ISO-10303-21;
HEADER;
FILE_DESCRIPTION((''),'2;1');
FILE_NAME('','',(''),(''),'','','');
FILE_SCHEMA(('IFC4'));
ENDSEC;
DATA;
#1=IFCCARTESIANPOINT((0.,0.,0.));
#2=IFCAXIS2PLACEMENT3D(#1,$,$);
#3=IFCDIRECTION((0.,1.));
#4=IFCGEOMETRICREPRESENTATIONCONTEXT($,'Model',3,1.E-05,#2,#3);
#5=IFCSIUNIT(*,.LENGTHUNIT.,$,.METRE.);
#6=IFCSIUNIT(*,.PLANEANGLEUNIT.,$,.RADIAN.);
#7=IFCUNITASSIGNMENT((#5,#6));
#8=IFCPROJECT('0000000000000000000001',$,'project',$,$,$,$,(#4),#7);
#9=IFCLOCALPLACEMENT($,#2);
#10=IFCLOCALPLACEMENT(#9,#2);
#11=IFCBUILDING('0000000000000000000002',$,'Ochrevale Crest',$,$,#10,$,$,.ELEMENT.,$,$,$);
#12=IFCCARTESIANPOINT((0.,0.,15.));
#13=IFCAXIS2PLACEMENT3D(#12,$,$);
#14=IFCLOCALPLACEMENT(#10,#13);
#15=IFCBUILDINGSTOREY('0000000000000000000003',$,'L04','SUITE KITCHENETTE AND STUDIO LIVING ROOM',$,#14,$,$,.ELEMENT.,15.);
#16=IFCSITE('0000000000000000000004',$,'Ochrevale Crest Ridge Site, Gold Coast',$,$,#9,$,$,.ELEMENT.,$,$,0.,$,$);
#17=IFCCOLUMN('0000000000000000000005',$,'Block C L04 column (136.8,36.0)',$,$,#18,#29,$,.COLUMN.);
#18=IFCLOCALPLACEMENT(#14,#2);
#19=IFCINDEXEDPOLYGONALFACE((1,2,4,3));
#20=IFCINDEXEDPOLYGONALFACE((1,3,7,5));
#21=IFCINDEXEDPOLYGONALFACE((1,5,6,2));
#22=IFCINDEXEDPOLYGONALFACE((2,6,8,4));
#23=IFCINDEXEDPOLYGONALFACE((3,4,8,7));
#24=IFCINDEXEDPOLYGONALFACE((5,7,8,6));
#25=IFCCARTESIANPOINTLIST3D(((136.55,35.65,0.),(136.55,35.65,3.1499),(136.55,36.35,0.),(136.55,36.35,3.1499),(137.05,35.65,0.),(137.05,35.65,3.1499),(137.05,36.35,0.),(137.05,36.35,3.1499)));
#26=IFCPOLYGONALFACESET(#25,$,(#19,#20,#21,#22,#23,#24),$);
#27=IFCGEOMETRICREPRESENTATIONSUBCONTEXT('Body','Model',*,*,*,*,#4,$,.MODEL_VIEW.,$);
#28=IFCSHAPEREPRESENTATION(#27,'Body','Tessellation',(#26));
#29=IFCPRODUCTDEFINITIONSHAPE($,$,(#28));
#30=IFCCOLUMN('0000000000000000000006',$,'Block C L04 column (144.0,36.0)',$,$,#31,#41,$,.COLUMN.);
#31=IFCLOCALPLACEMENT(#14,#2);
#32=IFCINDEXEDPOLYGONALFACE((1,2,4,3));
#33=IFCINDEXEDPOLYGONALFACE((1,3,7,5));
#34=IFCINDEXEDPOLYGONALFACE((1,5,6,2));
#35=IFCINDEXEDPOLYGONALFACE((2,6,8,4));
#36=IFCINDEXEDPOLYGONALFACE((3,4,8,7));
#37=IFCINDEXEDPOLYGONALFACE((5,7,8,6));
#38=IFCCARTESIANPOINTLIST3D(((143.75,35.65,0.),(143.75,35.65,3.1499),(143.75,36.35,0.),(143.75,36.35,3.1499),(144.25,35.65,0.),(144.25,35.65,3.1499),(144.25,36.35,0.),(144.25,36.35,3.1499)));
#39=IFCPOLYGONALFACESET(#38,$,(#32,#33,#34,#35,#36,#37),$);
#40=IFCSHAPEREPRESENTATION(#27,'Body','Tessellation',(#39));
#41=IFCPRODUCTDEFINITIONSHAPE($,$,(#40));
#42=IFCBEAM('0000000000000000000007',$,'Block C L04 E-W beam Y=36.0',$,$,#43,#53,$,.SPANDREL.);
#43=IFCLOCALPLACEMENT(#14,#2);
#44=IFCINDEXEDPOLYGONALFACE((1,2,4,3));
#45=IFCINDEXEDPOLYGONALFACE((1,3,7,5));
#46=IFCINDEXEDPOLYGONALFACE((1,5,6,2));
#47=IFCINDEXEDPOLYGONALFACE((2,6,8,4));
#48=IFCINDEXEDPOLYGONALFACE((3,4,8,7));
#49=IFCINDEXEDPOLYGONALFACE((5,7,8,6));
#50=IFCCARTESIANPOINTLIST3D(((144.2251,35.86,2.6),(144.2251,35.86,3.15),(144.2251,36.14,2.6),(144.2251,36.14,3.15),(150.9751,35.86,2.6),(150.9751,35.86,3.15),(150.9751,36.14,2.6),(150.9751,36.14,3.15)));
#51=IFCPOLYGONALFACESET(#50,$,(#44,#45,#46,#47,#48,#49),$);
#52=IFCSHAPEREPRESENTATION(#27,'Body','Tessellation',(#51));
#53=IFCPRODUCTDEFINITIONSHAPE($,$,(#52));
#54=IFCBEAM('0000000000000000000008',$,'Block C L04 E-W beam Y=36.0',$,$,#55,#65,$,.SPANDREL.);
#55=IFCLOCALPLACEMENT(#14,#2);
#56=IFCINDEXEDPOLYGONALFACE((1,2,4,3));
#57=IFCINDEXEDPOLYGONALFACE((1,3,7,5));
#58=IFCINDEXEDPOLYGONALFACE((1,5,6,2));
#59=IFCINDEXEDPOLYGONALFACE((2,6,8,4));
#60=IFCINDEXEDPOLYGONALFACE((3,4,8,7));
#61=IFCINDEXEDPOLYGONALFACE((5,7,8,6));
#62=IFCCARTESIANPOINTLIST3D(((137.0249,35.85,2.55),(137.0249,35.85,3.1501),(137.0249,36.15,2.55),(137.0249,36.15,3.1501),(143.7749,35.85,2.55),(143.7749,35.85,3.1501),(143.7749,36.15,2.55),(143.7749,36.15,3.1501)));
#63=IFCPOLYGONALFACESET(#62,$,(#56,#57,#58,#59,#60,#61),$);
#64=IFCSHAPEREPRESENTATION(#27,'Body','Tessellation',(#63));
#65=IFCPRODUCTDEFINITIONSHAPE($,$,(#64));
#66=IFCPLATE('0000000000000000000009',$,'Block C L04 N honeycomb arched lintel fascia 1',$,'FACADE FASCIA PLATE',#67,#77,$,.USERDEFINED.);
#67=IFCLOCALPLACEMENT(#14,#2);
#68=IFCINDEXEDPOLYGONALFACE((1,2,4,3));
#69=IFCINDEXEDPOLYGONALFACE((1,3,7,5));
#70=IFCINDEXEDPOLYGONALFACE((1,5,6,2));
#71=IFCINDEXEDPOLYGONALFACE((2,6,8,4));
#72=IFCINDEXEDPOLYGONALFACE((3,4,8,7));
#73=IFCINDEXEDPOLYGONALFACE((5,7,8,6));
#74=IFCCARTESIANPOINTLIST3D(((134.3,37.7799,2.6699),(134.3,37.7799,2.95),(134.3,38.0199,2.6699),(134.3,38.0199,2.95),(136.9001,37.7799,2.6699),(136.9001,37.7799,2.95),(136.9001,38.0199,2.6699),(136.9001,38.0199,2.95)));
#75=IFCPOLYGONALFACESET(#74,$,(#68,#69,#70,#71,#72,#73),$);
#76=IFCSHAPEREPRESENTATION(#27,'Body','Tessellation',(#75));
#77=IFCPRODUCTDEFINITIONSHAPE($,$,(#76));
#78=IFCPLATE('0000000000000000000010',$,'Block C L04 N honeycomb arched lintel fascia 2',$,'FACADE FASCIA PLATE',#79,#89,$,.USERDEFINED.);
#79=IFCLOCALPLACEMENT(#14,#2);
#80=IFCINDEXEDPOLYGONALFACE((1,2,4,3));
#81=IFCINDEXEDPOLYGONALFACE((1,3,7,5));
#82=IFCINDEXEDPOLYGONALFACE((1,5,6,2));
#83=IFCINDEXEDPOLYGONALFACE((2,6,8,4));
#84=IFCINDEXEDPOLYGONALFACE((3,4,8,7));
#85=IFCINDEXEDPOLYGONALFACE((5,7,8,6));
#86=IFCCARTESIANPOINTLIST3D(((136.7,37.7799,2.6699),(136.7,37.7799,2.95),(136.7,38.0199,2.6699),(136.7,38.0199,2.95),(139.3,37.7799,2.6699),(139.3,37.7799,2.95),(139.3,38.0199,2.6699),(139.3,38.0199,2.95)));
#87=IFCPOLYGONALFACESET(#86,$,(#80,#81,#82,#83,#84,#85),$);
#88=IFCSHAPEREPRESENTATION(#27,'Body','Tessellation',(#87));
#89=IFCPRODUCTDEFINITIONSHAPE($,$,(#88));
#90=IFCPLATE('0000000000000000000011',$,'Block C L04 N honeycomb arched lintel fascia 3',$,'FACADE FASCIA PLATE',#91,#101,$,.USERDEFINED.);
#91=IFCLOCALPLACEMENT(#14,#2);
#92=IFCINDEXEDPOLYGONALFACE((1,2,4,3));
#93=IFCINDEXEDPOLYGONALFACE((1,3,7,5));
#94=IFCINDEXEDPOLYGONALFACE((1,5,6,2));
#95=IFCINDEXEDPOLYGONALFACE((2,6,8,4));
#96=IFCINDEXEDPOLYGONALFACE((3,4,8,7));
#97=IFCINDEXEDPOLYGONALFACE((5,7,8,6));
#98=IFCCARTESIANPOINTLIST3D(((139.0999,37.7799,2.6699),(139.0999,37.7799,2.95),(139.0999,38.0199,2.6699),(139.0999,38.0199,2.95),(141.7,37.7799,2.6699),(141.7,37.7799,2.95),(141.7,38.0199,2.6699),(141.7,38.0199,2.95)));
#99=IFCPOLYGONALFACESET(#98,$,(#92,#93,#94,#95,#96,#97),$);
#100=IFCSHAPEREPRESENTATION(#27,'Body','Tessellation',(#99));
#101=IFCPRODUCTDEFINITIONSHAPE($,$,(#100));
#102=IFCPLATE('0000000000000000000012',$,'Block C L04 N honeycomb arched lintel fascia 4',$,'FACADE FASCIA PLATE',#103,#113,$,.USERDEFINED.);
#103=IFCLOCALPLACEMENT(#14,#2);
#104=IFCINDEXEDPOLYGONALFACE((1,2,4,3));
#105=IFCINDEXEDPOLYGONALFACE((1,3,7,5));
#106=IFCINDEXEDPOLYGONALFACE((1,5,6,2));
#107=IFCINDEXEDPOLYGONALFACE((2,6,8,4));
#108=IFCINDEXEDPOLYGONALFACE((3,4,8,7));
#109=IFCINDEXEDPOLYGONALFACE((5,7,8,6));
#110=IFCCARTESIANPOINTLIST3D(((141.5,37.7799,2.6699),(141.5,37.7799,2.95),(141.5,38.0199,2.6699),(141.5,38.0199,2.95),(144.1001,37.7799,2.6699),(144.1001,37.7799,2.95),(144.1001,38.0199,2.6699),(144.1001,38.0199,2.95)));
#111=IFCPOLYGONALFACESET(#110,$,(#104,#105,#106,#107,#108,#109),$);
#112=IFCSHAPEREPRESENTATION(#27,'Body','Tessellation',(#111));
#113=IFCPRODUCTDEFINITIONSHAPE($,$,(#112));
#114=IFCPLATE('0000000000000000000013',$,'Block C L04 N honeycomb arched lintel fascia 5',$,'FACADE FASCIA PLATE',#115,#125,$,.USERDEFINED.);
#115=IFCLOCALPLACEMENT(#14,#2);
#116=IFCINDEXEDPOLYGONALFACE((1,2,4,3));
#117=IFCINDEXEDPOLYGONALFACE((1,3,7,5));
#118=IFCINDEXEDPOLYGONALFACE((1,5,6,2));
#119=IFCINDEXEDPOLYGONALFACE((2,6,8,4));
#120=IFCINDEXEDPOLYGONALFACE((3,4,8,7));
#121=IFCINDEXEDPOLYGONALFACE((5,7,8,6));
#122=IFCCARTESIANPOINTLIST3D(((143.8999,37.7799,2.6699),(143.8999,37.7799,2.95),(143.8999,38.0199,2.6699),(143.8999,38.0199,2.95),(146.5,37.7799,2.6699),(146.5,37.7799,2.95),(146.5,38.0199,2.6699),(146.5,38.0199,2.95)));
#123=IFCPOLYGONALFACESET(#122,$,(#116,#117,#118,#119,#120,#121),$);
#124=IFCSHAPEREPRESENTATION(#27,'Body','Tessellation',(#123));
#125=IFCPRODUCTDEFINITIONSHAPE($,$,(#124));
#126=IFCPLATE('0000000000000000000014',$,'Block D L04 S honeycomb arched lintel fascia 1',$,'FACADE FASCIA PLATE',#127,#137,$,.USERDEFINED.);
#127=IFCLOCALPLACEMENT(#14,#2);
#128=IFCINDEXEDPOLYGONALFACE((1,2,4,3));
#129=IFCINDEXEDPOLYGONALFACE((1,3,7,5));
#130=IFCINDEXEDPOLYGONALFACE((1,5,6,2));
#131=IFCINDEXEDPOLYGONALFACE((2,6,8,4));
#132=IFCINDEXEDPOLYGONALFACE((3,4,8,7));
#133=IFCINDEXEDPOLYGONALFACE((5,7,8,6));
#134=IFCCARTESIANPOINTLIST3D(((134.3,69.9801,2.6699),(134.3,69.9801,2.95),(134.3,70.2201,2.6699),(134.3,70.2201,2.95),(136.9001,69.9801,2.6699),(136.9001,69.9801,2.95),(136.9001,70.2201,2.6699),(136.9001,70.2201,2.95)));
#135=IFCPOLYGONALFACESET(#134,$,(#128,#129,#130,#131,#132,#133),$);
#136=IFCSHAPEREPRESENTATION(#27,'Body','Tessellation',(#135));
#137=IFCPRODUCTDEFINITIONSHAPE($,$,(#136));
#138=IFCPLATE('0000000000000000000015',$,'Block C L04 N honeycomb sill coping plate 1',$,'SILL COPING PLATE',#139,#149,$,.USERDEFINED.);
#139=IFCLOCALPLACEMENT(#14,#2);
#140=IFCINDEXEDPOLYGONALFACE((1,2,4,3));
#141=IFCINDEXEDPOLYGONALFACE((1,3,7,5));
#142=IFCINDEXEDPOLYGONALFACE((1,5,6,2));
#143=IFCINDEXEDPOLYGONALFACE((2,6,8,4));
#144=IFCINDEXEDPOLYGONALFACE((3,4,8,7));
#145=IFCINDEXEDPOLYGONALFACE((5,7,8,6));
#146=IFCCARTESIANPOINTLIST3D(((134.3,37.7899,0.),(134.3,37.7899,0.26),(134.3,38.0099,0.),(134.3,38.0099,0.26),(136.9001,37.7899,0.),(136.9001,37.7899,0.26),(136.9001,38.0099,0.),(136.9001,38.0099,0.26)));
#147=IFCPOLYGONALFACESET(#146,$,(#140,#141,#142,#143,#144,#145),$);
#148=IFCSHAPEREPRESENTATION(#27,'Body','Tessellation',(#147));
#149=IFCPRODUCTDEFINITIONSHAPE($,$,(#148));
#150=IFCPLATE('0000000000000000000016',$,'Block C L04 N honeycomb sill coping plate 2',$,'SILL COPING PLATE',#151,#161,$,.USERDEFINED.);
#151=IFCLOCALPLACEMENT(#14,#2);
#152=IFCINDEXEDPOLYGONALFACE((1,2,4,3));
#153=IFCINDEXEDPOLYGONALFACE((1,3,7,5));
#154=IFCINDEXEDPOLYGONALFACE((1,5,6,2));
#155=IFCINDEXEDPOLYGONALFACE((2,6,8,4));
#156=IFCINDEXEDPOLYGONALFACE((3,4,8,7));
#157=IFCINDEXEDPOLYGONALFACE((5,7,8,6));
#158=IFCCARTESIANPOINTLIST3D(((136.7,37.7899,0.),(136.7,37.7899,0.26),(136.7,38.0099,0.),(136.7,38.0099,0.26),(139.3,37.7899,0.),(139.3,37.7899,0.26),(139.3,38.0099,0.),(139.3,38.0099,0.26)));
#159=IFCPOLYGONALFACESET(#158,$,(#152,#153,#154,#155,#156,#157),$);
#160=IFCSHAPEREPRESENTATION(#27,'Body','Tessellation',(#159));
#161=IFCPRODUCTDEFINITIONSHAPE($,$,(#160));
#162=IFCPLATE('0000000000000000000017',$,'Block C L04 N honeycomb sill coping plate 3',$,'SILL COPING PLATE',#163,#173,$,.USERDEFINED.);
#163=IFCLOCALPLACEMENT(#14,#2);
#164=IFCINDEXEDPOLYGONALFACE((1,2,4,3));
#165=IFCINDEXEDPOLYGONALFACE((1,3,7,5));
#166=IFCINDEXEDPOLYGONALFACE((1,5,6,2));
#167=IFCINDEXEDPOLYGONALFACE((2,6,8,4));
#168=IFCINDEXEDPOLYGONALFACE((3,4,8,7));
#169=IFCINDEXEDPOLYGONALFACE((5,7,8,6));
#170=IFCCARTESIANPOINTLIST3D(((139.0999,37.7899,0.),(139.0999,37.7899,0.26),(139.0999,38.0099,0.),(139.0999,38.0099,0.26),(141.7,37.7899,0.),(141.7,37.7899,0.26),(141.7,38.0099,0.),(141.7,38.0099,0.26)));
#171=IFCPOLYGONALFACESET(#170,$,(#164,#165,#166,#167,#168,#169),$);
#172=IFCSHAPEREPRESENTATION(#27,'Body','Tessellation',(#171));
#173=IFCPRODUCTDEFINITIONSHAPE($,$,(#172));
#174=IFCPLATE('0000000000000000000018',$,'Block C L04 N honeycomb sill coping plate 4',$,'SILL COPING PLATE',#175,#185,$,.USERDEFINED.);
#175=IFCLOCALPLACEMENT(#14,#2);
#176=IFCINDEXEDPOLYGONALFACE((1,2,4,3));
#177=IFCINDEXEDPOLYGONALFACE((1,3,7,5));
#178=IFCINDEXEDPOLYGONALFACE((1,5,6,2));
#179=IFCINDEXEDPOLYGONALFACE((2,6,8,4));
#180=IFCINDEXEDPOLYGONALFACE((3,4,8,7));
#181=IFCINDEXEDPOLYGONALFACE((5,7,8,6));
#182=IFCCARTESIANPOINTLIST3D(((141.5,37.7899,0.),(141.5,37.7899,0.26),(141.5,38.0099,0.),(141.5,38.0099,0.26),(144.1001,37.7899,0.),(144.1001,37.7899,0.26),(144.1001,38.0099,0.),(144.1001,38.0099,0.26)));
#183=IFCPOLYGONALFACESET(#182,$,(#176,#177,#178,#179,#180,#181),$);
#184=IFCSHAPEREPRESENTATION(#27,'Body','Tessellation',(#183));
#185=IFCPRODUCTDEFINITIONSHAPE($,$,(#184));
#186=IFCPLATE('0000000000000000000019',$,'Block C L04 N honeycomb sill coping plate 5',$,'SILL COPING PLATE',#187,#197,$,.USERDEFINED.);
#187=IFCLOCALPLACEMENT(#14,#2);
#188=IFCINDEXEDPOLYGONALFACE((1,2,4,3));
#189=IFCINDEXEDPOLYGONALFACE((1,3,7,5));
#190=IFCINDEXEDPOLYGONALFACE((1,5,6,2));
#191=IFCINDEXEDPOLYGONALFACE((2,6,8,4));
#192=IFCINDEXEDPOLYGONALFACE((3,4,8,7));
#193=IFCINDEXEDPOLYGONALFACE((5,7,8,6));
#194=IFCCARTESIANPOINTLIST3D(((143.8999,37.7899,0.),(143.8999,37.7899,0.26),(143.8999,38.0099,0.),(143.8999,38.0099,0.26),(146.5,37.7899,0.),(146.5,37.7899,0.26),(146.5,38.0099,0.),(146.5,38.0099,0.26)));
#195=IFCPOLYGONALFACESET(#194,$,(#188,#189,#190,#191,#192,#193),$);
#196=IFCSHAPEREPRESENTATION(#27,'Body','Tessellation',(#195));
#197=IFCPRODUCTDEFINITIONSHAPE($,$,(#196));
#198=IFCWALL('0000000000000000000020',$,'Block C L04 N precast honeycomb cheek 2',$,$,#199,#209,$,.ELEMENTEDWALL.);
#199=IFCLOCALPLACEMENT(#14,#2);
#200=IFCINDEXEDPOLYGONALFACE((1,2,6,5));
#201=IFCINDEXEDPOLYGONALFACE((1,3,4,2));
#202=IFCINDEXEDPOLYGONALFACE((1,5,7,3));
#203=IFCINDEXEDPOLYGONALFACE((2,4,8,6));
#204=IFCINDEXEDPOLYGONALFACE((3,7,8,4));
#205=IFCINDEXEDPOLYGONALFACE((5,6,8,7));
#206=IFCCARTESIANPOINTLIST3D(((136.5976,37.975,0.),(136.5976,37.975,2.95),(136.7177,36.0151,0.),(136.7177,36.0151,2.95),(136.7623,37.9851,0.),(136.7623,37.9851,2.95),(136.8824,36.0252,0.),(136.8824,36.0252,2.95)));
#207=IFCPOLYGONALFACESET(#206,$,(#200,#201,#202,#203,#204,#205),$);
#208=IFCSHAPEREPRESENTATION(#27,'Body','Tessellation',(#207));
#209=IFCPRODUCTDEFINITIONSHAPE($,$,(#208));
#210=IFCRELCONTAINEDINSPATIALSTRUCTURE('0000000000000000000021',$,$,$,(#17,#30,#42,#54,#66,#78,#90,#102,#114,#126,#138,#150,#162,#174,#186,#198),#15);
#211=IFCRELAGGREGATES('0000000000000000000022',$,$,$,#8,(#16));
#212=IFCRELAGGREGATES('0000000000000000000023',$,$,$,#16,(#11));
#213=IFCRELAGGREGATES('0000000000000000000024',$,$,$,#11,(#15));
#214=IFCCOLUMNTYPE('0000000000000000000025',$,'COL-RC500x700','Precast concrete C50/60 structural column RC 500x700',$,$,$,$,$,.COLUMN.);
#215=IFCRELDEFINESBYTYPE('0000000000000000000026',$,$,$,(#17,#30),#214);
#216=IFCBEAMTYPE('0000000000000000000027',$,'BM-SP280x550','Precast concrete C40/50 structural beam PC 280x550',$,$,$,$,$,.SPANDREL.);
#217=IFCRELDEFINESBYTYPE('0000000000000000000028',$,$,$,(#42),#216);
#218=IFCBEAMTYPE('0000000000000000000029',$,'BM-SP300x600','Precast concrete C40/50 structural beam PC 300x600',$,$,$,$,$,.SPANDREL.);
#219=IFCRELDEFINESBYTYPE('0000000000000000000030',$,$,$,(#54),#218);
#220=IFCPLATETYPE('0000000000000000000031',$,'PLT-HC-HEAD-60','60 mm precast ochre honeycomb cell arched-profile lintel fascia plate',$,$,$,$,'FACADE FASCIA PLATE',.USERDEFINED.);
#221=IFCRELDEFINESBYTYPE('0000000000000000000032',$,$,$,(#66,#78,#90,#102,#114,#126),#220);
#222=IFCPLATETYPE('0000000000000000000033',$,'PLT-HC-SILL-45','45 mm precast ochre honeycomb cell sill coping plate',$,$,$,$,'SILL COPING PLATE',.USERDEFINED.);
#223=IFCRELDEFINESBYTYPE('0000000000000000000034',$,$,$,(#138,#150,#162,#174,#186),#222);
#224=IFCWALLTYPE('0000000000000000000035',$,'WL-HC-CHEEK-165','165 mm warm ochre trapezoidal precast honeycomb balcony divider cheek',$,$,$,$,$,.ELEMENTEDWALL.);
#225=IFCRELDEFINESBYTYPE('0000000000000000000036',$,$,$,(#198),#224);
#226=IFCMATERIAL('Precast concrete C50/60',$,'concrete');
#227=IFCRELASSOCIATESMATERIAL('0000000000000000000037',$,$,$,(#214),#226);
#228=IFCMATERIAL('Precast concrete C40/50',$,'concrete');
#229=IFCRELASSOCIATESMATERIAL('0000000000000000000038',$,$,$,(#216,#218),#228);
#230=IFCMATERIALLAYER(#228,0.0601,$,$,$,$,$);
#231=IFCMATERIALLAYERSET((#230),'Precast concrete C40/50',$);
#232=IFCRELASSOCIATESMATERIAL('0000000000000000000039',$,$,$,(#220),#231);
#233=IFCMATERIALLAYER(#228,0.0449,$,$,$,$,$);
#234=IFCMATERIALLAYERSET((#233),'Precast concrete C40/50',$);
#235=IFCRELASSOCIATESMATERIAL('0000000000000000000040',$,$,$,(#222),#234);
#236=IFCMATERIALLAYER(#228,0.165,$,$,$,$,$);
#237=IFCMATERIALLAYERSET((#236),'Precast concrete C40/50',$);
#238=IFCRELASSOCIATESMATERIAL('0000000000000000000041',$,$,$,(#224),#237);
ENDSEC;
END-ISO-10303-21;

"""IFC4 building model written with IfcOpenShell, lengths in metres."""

from ifc_helpers import new_model, si_unit, direction, frame, frame_2d, origin, origin_2d, place, context, subcontext, project, spatial, rectangle, extrude, material, layer, layer_set, material_profile, profile_set, type_object, element, save


model = new_model("IFC4")

# Units and contexts
model_context = context("Model", 3, precision=1e-05, world=origin(), true_north=direction((0.0, 1.0)))
body_context = subcontext(model_context, "Body", "Model", "MODEL_VIEW")
ifc_project = project(units=[si_unit("LENGTHUNIT", "METRE"), si_unit("PLANEANGLEUNIT", "RADIAN")], contexts=[model_context])

# Site, building, storey
site_placement = place(None, origin())
site = spatial("IfcSite", under=ifc_project, at=site_placement, Name="Ochrevale Crest Ridge Site, Gold Coast", CompositionType="ELEMENT", RefElevation=0.0)
building_placement = place(site_placement, origin())
building = spatial("IfcBuilding", under=site, at=building_placement, Name="Ochrevale Crest", CompositionType="ELEMENT")
storey_placement = place(building_placement, frame((0.0, 0.0, 15.0)))
storey = spatial("IfcBuildingStorey", under=building, at=storey_placement, Name="L04", Description="SUITE KITCHENETTE AND STUDIO LIVING ROOM", CompositionType="ELEMENT", Elevation=15.0)

# Columns
ifc_material_1 = material(Name="Precast concrete C50/60", Category="concrete")
ifc_material_profile_1 = material_profile(ifc_material_1, rectangle(XDim=0.5, YDim=0.7, at=origin_2d()), Name="RC 500x700")
ifc_profile_set_1 = profile_set([ifc_material_profile_1], Name="Precast concrete C50/60")
column_type = type_object("IfcColumnType", Name="COL-RC500x700", Description="Precast concrete C50/60 structural column RC 500x700", PredefinedType="COLUMN", material=ifc_profile_set_1)
for number, where, z_axis, x_axis, name in (
    (1, (136.8, 36.0, 0.0), (0.0, 0.0, 1.0), (1.0, 0.0, 0.0), "Block C L04 column (136.8,36.0)"),
    (2, (144.0, 36.0, 0.0), (0.0, 0.0, 1.0), (1.0, 0.0, 0.0), "Block C L04 column (144.0,36.0)"),
):
    element("IfcColumn", number, at=place(storey_placement, frame(where, z_axis=z_axis, x_axis=x_axis)), inside=storey, type_object=column_type, Name=name, PredefinedType="COLUMN", context=body_context, shape_type="SweptSolid", body=[
        extrude(rectangle(XDim=0.5, YDim=0.7, at=origin_2d()), origin(), (0.0, 0.0, 1.0), 3.1499),
    ])

# Beams
ifc_material_2 = material(Name="Precast concrete C40/50", Category="concrete")
ifc_material_profile_2 = material_profile(ifc_material_2, rectangle(XDim=0.28, YDim=0.55, at=origin_2d()), Name="PC 280x550")
ifc_profile_set_2 = profile_set([ifc_material_profile_2], Name="Precast concrete C40/50")
beam_type_1 = type_object("IfcBeamType", Name="BM-SP280x550", Description="Precast concrete C40/50 structural beam PC 280x550", PredefinedType="SPANDREL", material=ifc_profile_set_2)
beam_1_placement = place(storey_placement, frame((144.2251, 36.0, 2.875), z_axis=(1.0, 0.0, 0.0), x_axis=(0.0, 1.0, 0.0)))
element("IfcBeam", 3, at=beam_1_placement, inside=storey, type_object=beam_type_1, Name="Block C L04 E-W beam Y=36.0", PredefinedType="SPANDREL", context=body_context, shape_type="SweptSolid", body=[
    extrude(rectangle(XDim=0.28, YDim=0.55, at=origin_2d()), origin(), (0.0, 0.0, 1.0), 6.75),
])
ifc_material_profile_3 = material_profile(ifc_material_2, rectangle(XDim=0.3, YDim=0.6001, at=origin_2d()), Name="PC 300x600")
ifc_profile_set_3 = profile_set([ifc_material_profile_3], Name="Precast concrete C40/50")
beam_type_2 = type_object("IfcBeamType", Name="BM-SP300x600", Description="Precast concrete C40/50 structural beam PC 300x600", PredefinedType="SPANDREL", material=ifc_profile_set_3)
beam_2_placement = place(storey_placement, frame((137.0249, 36.0, 2.8501), z_axis=(1.0, 0.0, 0.0), x_axis=(0.0, 1.0, 0.0)))
element("IfcBeam", 4, at=beam_2_placement, inside=storey, type_object=beam_type_2, Name="Block C L04 E-W beam Y=36.0", PredefinedType="SPANDREL", context=body_context, shape_type="SweptSolid", body=[
    extrude(rectangle(XDim=0.3, YDim=0.6001, at=origin_2d()), origin(), (0.0, 0.0, 1.0), 6.75),
])

# Plates
ifc_layer_1 = layer(ifc_material_2, 0.0601)
ifc_layer_set_1 = layer_set([ifc_layer_1], Name="Precast concrete C40/50")
plate_type_1 = type_object("IfcPlateType", Name="PLT-HC-HEAD-60", Description="60 mm precast ochre honeycomb cell arched-profile lintel fascia plate", ElementType="FACADE FASCIA PLATE", PredefinedType="USERDEFINED", material=ifc_layer_set_1)
for number, where, z_axis, x_axis, name in (
    (5, (135.6001, 37.8999, 2.6699), (0.0, 0.0, 1.0), (1.0, 0.0, 0.0), "Block C L04 N honeycomb arched lintel fascia 1"),
    (6, (138.0, 37.8999, 2.6699), (0.0, 0.0, 1.0), (1.0, 0.0, 0.0), "Block C L04 N honeycomb arched lintel fascia 2"),
    (7, (140.3999, 37.8999, 2.6699), (0.0, 0.0, 1.0), (1.0, 0.0, 0.0), "Block C L04 N honeycomb arched lintel fascia 3"),
    (8, (142.8, 37.8999, 2.6699), (0.0, 0.0, 1.0), (1.0, 0.0, 0.0), "Block C L04 N honeycomb arched lintel fascia 4"),
    (9, (145.2, 37.8999, 2.6699), (0.0, 0.0, 1.0), (1.0, 0.0, 0.0), "Block C L04 N honeycomb arched lintel fascia 5"),
    (10, (135.6001, 70.1001, 2.6699), (0.0, 0.0, 1.0), (1.0, 0.0, 0.0), "Block D L04 S honeycomb arched lintel fascia 1"),
):
    element("IfcPlate", number, at=place(storey_placement, frame(where, z_axis=z_axis, x_axis=x_axis)), inside=storey, type_object=plate_type_1, Name=name, ObjectType="FACADE FASCIA PLATE", PredefinedType="USERDEFINED", context=body_context, shape_type="SweptSolid", body=[
        extrude(rectangle(XDim=2.6001, YDim=0.24, at=origin_2d()), origin(), (0.0, 0.0, 1.0), 0.28),
    ])
ifc_layer_2 = layer(ifc_material_2, 0.0449)
ifc_layer_set_2 = layer_set([ifc_layer_2], Name="Precast concrete C40/50")
plate_type_2 = type_object("IfcPlateType", Name="PLT-HC-SILL-45", Description="45 mm precast ochre honeycomb cell sill coping plate", ElementType="SILL COPING PLATE", PredefinedType="USERDEFINED", material=ifc_layer_set_2)
for number, where, z_axis, x_axis, name in (
    (11, (135.6001, 37.8999, 0.0), (0.0, 0.0, 1.0), (1.0, 0.0, 0.0), "Block C L04 N honeycomb sill coping plate 1"),
    (12, (138.0, 37.8999, 0.0), (0.0, 0.0, 1.0), (1.0, 0.0, 0.0), "Block C L04 N honeycomb sill coping plate 2"),
    (13, (140.3999, 37.8999, 0.0), (0.0, 0.0, 1.0), (1.0, 0.0, 0.0), "Block C L04 N honeycomb sill coping plate 3"),
    (14, (142.8, 37.8999, 0.0), (0.0, 0.0, 1.0), (1.0, 0.0, 0.0), "Block C L04 N honeycomb sill coping plate 4"),
    (15, (145.2, 37.8999, 0.0), (0.0, 0.0, 1.0), (1.0, 0.0, 0.0), "Block C L04 N honeycomb sill coping plate 5"),
):
    element("IfcPlate", number, at=place(storey_placement, frame(where, z_axis=z_axis, x_axis=x_axis)), inside=storey, type_object=plate_type_2, Name=name, ObjectType="SILL COPING PLATE", PredefinedType="USERDEFINED", context=body_context, shape_type="SweptSolid", body=[
        extrude(rectangle(XDim=2.6001, YDim=0.22, at=origin_2d()), origin(), (0.0, 0.0, 1.0), 0.26),
    ])

# Wall
ifc_layer_3 = layer(ifc_material_2, 0.165)
ifc_layer_set_3 = layer_set([ifc_layer_3], Name="Precast concrete C40/50")
wall_type_1 = type_object("IfcWallType", Name="WL-HC-CHEEK-165", Description="165 mm warm ochre trapezoidal precast honeycomb balcony divider cheek", PredefinedType="ELEMENTEDWALL", material=ifc_layer_set_3)
wall_1_placement = place(storey_placement, frame((136.8, 36.02, 0.0), z_axis=(0.0, 0.0, 1.0), x_axis=(-0.061171, 0.998127, 0.0)))
element("IfcWall", 16, at=wall_1_placement, inside=storey, type_object=wall_type_1, Name="Block C L04 N precast honeycomb cheek 2", PredefinedType="ELEMENTEDWALL", context=body_context, shape_type="SweptSolid", body=[
    extrude(rectangle(XDim=1.9636, YDim=0.165, at=frame_2d((0.9819, 0.0))), origin(), (0.0, 0.0, 1.0), 2.95),
])

save(model, "model.ifc")
